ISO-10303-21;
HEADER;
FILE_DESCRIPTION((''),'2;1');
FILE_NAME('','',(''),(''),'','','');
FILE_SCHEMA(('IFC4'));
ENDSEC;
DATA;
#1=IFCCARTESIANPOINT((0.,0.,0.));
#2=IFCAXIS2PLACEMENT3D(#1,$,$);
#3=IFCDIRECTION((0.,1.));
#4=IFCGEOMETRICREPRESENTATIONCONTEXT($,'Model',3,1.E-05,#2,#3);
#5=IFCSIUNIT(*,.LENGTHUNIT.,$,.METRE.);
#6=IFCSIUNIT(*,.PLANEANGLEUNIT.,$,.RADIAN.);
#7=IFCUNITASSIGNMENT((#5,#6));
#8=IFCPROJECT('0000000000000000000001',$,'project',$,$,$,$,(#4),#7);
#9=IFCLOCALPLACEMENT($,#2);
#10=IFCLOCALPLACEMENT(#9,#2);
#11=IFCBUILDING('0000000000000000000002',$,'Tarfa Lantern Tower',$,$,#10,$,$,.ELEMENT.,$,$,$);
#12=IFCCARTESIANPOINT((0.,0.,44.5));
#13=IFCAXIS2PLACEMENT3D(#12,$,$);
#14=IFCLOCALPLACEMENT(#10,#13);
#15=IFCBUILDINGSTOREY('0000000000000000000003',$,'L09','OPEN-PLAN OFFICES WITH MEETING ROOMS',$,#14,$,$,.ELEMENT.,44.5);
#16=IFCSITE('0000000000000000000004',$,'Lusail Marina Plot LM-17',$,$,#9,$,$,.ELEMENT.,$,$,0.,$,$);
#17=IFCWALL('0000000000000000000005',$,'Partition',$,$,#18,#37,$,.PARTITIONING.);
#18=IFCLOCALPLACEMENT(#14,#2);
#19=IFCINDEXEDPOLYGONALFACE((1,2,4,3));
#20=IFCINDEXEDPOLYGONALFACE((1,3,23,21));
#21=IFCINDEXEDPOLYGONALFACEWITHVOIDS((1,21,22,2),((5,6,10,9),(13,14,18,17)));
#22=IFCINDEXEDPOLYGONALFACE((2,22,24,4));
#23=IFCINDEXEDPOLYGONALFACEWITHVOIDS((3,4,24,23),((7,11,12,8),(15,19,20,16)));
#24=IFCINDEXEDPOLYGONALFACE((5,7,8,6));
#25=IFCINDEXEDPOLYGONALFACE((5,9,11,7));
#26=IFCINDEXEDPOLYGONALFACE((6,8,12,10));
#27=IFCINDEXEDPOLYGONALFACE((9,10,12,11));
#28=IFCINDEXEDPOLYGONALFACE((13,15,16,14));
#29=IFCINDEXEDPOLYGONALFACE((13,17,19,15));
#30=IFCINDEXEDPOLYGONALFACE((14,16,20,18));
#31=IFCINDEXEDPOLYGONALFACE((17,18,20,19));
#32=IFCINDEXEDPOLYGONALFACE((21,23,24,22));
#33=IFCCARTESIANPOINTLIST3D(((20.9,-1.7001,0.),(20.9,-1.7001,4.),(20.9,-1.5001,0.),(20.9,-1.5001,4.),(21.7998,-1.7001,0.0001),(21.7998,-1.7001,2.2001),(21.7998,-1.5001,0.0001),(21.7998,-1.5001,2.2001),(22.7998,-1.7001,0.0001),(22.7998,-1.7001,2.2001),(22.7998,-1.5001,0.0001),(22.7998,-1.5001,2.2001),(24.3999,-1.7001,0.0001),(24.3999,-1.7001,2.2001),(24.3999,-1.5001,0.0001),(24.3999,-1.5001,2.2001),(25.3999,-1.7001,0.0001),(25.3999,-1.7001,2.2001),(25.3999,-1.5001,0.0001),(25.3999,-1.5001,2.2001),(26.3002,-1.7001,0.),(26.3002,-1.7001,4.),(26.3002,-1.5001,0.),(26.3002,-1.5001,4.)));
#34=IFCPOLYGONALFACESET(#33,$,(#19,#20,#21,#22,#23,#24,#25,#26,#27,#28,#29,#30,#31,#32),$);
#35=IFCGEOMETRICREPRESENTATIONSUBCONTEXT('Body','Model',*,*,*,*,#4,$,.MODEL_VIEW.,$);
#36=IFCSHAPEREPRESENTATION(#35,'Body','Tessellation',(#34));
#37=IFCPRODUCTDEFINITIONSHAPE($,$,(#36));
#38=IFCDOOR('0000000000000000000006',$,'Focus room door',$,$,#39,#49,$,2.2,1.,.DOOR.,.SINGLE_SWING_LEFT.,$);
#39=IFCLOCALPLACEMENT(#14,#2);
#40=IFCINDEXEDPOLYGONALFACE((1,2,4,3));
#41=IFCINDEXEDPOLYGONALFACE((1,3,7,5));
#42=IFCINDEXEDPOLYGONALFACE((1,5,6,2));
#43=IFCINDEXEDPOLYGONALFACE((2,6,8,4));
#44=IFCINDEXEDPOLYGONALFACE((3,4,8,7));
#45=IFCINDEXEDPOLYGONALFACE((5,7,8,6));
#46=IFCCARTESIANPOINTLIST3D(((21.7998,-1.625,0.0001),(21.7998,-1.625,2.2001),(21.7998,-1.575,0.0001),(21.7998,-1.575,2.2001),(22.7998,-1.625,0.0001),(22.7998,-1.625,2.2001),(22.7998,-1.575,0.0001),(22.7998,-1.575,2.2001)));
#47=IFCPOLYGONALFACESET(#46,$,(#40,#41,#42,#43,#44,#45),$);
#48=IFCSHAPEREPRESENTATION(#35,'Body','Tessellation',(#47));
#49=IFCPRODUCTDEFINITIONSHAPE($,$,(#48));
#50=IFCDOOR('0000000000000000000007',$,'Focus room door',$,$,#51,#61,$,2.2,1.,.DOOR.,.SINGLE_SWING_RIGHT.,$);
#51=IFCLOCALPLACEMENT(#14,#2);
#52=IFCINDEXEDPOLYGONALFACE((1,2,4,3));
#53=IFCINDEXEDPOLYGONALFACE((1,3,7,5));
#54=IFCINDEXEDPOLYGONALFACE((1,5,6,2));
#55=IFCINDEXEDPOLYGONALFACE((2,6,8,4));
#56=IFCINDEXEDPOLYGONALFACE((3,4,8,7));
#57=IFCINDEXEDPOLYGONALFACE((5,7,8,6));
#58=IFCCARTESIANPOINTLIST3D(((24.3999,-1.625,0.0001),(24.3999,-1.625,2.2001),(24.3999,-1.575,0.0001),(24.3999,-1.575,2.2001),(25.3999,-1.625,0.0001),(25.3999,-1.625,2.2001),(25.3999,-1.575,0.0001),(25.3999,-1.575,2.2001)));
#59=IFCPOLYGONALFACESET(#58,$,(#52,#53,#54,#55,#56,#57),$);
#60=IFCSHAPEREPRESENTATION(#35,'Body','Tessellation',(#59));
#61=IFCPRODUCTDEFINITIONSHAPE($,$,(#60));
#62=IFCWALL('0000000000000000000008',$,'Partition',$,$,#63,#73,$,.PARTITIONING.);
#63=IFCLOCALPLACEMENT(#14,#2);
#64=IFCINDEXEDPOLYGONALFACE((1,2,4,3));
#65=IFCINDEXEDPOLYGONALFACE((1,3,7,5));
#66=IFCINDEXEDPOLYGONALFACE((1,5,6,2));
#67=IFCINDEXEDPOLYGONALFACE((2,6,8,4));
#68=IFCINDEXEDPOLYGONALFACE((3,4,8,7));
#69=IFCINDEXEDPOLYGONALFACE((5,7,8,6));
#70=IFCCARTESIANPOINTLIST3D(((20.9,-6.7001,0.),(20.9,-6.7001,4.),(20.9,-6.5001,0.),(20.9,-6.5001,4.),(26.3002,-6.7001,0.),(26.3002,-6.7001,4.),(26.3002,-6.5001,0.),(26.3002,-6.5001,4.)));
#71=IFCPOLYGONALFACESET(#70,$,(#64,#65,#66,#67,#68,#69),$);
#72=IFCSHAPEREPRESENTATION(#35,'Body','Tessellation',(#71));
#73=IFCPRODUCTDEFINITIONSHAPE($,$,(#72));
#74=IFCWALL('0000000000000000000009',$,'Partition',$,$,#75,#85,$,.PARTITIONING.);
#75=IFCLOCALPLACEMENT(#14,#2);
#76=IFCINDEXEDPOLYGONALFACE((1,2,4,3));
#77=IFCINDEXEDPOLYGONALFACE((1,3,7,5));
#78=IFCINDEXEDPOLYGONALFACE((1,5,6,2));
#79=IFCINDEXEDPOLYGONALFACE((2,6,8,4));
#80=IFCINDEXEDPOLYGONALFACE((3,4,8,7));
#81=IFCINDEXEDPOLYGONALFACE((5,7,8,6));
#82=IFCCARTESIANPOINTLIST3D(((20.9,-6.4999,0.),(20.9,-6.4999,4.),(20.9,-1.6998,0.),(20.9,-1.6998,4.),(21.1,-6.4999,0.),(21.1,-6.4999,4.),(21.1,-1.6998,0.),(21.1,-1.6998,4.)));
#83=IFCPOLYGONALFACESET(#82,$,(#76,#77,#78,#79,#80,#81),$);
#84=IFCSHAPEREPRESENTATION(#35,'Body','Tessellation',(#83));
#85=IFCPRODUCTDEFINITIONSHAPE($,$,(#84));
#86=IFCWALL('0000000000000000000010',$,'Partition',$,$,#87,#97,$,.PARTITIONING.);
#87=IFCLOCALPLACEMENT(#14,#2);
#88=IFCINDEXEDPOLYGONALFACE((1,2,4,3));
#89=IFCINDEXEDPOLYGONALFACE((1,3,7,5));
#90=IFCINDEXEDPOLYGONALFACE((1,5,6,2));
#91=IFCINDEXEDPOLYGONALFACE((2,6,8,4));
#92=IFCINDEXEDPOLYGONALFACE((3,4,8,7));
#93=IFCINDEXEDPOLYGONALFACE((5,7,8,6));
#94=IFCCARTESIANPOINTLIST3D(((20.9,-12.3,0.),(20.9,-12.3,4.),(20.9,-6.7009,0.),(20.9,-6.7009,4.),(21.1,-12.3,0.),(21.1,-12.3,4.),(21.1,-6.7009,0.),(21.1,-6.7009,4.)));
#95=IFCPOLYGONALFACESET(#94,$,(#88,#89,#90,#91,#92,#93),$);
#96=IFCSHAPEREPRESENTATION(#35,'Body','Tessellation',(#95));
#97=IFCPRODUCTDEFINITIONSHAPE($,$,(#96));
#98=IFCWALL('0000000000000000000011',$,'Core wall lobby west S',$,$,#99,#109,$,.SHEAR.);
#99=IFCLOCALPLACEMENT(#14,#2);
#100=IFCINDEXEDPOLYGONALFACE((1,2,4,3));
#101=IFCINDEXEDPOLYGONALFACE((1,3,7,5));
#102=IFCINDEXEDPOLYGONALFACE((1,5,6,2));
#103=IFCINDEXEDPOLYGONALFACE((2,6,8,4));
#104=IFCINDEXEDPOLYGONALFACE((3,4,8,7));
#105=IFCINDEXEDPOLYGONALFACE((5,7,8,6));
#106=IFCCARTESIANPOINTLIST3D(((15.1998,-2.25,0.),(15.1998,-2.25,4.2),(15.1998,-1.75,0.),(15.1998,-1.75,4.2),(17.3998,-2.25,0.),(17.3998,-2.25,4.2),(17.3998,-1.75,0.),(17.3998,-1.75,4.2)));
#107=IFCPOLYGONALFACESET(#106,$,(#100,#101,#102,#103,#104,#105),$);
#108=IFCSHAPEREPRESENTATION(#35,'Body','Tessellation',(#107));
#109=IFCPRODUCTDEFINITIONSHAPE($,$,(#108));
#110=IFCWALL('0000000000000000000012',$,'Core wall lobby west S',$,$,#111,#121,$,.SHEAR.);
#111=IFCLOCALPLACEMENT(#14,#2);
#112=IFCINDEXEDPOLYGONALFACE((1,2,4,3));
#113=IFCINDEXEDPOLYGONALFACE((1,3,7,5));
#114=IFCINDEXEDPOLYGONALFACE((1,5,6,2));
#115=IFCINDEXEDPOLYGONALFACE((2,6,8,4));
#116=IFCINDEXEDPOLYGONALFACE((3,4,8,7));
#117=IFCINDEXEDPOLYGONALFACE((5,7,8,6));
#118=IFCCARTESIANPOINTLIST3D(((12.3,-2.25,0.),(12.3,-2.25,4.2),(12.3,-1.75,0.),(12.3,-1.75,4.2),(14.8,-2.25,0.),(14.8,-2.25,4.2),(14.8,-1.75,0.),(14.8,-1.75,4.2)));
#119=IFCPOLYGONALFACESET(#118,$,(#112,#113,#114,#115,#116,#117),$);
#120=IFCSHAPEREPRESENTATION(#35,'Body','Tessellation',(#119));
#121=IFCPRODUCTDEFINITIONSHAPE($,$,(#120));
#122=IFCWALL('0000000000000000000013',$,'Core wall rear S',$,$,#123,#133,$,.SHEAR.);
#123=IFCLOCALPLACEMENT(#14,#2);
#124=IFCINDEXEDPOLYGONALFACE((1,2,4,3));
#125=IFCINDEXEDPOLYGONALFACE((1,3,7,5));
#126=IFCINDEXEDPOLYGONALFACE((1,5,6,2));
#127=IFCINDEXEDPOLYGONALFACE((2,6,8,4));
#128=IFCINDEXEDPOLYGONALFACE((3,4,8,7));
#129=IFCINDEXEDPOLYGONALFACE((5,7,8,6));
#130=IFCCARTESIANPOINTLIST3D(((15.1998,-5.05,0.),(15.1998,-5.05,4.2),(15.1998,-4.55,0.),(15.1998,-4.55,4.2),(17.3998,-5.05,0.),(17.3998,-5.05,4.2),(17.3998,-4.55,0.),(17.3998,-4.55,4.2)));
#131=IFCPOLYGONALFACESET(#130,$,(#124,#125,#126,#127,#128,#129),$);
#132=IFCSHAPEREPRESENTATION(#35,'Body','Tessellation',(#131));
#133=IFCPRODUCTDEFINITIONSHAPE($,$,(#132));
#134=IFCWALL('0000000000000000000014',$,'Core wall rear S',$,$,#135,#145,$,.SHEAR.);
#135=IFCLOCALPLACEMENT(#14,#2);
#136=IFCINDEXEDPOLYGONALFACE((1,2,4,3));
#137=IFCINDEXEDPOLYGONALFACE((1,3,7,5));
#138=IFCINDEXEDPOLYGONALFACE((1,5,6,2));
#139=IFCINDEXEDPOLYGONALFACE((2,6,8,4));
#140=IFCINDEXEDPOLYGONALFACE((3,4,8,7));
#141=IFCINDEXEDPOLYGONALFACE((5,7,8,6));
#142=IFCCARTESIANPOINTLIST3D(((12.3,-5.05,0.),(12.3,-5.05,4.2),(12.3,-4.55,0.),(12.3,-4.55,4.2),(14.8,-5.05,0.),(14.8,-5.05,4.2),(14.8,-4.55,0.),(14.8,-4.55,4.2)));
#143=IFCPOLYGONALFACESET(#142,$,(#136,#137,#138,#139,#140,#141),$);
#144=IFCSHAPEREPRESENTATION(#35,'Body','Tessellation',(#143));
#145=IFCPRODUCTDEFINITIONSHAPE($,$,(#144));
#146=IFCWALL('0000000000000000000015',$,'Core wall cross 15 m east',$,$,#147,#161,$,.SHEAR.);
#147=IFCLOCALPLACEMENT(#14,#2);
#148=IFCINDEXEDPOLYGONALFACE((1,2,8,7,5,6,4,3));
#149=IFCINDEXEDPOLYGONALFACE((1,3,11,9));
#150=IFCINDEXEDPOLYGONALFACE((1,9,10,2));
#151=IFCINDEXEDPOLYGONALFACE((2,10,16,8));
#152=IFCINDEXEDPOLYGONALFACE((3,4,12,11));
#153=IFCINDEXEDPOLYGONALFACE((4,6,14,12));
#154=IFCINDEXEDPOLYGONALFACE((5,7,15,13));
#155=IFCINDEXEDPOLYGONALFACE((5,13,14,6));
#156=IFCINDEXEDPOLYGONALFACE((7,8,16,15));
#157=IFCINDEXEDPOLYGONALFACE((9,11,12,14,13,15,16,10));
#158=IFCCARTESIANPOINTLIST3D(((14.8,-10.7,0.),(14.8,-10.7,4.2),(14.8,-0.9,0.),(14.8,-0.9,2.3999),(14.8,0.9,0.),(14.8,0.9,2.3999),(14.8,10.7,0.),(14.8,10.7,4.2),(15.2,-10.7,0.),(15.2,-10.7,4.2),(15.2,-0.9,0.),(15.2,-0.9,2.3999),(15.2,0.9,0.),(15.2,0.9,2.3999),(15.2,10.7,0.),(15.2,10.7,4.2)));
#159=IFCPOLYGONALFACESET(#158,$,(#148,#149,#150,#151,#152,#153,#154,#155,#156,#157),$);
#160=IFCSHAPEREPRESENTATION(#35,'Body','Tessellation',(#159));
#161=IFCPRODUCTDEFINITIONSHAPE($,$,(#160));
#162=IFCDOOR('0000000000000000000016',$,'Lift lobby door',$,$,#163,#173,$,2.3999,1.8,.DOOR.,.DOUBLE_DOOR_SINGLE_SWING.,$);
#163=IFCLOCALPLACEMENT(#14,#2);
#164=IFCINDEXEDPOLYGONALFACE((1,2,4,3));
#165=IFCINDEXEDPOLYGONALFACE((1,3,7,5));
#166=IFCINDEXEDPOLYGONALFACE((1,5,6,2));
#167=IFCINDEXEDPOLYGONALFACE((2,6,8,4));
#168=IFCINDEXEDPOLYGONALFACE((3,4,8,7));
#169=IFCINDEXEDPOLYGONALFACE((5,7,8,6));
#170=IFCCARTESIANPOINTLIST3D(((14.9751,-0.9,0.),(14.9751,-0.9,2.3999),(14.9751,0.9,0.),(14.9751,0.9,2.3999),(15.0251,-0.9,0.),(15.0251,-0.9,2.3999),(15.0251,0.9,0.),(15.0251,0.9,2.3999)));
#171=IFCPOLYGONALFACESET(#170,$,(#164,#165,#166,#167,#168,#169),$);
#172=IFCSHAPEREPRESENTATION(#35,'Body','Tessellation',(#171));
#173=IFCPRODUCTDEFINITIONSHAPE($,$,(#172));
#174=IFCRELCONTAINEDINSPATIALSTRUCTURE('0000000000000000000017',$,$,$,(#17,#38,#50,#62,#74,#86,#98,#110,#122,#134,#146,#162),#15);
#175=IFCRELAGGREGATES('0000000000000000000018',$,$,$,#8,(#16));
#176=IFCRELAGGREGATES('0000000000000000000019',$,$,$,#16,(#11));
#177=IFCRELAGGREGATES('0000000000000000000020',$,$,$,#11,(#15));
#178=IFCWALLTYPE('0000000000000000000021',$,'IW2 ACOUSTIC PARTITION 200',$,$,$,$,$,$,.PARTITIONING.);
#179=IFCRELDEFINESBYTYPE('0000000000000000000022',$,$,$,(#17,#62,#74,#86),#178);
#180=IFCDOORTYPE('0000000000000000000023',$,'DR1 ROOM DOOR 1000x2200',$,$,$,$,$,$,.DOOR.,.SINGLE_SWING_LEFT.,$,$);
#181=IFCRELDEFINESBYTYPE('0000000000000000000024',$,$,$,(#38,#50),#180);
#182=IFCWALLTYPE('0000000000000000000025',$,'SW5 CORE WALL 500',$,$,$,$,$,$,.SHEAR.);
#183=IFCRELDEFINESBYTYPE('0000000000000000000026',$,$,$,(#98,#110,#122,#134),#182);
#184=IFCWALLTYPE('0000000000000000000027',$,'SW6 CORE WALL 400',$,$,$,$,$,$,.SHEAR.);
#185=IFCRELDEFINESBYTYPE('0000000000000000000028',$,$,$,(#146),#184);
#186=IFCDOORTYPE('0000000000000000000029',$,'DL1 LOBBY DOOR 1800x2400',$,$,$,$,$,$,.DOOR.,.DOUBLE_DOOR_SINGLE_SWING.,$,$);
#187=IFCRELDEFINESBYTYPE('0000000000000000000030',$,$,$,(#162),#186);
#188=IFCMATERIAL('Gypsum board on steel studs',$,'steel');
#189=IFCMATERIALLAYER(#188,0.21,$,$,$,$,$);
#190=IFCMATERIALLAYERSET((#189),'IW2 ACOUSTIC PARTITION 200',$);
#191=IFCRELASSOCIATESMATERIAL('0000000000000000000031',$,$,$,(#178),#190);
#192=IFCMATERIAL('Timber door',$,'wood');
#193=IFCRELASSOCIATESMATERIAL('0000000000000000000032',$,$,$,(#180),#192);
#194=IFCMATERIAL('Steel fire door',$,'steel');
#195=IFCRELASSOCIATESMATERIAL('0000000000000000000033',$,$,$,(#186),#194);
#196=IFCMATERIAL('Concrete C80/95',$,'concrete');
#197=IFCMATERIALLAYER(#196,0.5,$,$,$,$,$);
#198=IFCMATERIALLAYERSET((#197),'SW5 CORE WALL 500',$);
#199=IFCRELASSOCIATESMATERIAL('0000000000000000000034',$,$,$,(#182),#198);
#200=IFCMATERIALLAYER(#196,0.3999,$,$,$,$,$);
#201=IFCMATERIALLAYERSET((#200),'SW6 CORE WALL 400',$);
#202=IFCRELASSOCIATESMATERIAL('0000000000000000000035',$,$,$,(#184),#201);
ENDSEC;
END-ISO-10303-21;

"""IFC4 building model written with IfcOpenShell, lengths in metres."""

from ifc_helpers import new_model, si_unit, direction, frame, frame_2d, origin, place, context, subcontext, project, spatial, rectangle, extrude, material, layer, layer_set, type_object, element, fill, save


model = new_model("IFC4")

# Units and contexts
model_context = context("Model", 3, precision=1e-05, world=origin(), true_north=direction((0.0, 1.0)))
body_context = subcontext(model_context, "Body", "Model", "MODEL_VIEW")
ifc_project = project(units=[si_unit("LENGTHUNIT", "METRE"), si_unit("PLANEANGLEUNIT", "RADIAN")], contexts=[model_context])

# Site, building, storey
site_placement = place(None, origin())
site = spatial("IfcSite", under=ifc_project, at=site_placement, Name="Lusail Marina Plot LM-17", CompositionType="ELEMENT", RefElevation=0.0)
building_placement = place(site_placement, origin())
building = spatial("IfcBuilding", under=site, at=building_placement, Name="Tarfa Lantern Tower", CompositionType="ELEMENT")
storey_placement = place(building_placement, frame((0.0, 0.0, 44.5)))
storey = spatial("IfcBuildingStorey", under=building, at=storey_placement, Name="L09", Description="OPEN-PLAN OFFICES WITH MEETING ROOMS", CompositionType="ELEMENT", Elevation=44.5)

# Wall, openings, doors
ifc_material_1 = material(Name="Gypsum board on steel studs", Category="steel")
ifc_layer_1 = layer(ifc_material_1, 0.21)
ifc_layer_set_1 = layer_set([ifc_layer_1], Name="IW2 ACOUSTIC PARTITION 200")
wall_type_1 = type_object("IfcWallType", Name="IW2 ACOUSTIC PARTITION 200", PredefinedType="PARTITIONING", material=ifc_layer_set_1)
wall_1_placement = place(storey_placement, frame((20.8999, -1.6001, 0.0), z_axis=(0.0, 0.0, 1.0), x_axis=(1.0, 0.0, 0.0)))
wall_1 = element("IfcWall", 1, at=wall_1_placement, inside=storey, type_object=wall_type_1, Name="Partition", PredefinedType="PARTITIONING", context=body_context, shape_type="SweptSolid", body=[
    extrude(rectangle(XDim=5.4001, YDim=0.2, at=frame_2d((2.7002, 0.0))), origin(), (0.0, 0.0, 1.0), 4.0),
])
opening_1_placement = place(wall_1_placement, frame((0.8999, 0.0, 0.0)))
opening_1 = element("IfcOpeningElement", 2, at=opening_1_placement, cuts=wall_1, PredefinedType="OPENING", context=body_context, shape_type="SweptSolid", body=[
    extrude(rectangle(XDim=1.0, YDim=2.2, at=frame_2d((0.5, 1.1001))), frame((0.0, 0.1099, 0.0), z_axis=(0.0, -1.0, 0.0), x_axis=(1.0, 0.0, 0.0)), (0.0, 0.0, 1.0), 0.22),
])
opening_2_placement = place(wall_1_placement, frame((3.5, 0.0, 0.0)))
opening_2 = element("IfcOpeningElement", 3, at=opening_2_placement, cuts=wall_1, PredefinedType="OPENING", context=body_context, shape_type="SweptSolid", body=[
    extrude(rectangle(XDim=1.0, YDim=2.2, at=frame_2d((0.5, 1.1001))), frame((0.0, 0.1099, 0.0), z_axis=(0.0, -1.0, 0.0), x_axis=(1.0, 0.0, 0.0)), (0.0, 0.0, 1.0), 0.22),
])
ifc_material_2 = material(Name="Timber door", Category="wood")
door_type_1 = type_object("IfcDoorType", Name="DR1 ROOM DOOR 1000x2200", OperationType="SINGLE_SWING_LEFT", PredefinedType="DOOR", material=ifc_material_2)
door_1_placement = place(opening_1_placement, frame((1.0, 0.0, 0.0), z_axis=(0.0, 0.0, 1.0), x_axis=(-1.0, 0.0, 0.0)))
door_1 = element("IfcDoor", 4, at=door_1_placement, inside=storey, type_object=door_type_1, Name="Focus room door", OperationType="SINGLE_SWING_LEFT", OverallHeight=2.2, OverallWidth=1.0, PredefinedType="DOOR", context=body_context, shape_type="SweptSolid", body=[
    extrude(rectangle(XDim=1.0, YDim=2.2, at=frame_2d((0.5, 1.1001))), frame((0.0, 0.0249, 0.0), z_axis=(0.0, -1.0, 0.0), x_axis=(1.0, 0.0, 0.0)), (0.0, 0.0, 1.0), 0.05),
])
fill(opening_1, door_1)
door_2_placement = place(opening_2_placement, frame((1.0, 0.0, 0.0), z_axis=(0.0, 0.0, 1.0), x_axis=(-1.0, 0.0, 0.0)))
door_2 = element("IfcDoor", 5, at=door_2_placement, inside=storey, type_object=door_type_1, Name="Focus room door", OperationType="SINGLE_SWING_RIGHT", OverallHeight=2.2, OverallWidth=1.0, PredefinedType="DOOR", context=body_context, shape_type="SweptSolid", body=[
    extrude(rectangle(XDim=1.0, YDim=2.2, at=frame_2d((0.5, 1.1001))), frame((0.0, 0.0249, 0.0), z_axis=(0.0, -1.0, 0.0), x_axis=(1.0, 0.0, 0.0)), (0.0, 0.0, 1.0), 0.05),
])
fill(opening_2, door_2)

# Walls
wall_2_placement = place(storey_placement, frame((20.8999, -6.6001, 0.0), z_axis=(0.0, 0.0, 1.0), x_axis=(1.0, 0.0, 0.0)))
element("IfcWall", 6, at=wall_2_placement, inside=storey, type_object=wall_type_1, Name="Partition", PredefinedType="PARTITIONING", context=body_context, shape_type="SweptSolid", body=[
    extrude(rectangle(XDim=5.4001, YDim=0.2, at=frame_2d((2.7002, 0.0))), origin(), (0.0, 0.0, 1.0), 4.0),
])
wall_3_placement = place(storey_placement, frame((21.0, -1.7, 0.0), z_axis=(0.0, 0.0, 1.0), x_axis=(0.0, -1.0, 0.0)))
element("IfcWall", 7, at=wall_3_placement, inside=storey, type_object=wall_type_1, Name="Partition", PredefinedType="PARTITIONING", context=body_context, shape_type="SweptSolid", body=[
    extrude(rectangle(XDim=4.8, YDim=0.2, at=frame_2d((2.3999, 0.0))), origin(), (0.0, 0.0, 1.0), 4.0),
])
wall_4_placement = place(storey_placement, frame((21.0, -6.7009, 0.0), z_axis=(0.0, 0.0, 1.0), x_axis=(0.0, -1.0, 0.0)))
element("IfcWall", 8, at=wall_4_placement, inside=storey, type_object=wall_type_1, Name="Partition", PredefinedType="PARTITIONING", context=body_context, shape_type="SweptSolid", body=[
    extrude(rectangle(XDim=5.5991, YDim=0.2, at=frame_2d((2.7996, 0.0))), origin(), (0.0, 0.0, 1.0), 4.0),
])

# Shared definitions
ifc_material_3 = material(Name="Concrete C80/95", Category="concrete")
ifc_material_4 = material(Name="Steel fire door", Category="steel")
door_type_2 = type_object("IfcDoorType", Name="DL1 LOBBY DOOR 1800x2400", OperationType="DOUBLE_DOOR_SINGLE_SWING", PredefinedType="DOOR", material=ifc_material_4)

# Walls
ifc_layer_2 = layer(ifc_material_3, 0.5)
ifc_layer_set_2 = layer_set([ifc_layer_2], Name="SW5 CORE WALL 500")
wall_type_2 = type_object("IfcWallType", Name="SW5 CORE WALL 500", PredefinedType="SHEAR", material=ifc_layer_set_2)
wall_5_placement = place(storey_placement, frame((17.3999, -2.0, 0.0), z_axis=(0.0, 0.0, 1.0), x_axis=(-1.0, 0.0, 0.0)))
element("IfcWall", 9, at=wall_5_placement, inside=storey, type_object=wall_type_2, Name="Core wall lobby west S", PredefinedType="SHEAR", context=body_context, shape_type="SweptSolid", body=[
    extrude(rectangle(XDim=2.2, YDim=0.5, at=frame_2d((1.1001, 0.0))), origin(), (0.0, 0.0, 1.0), 4.2),
])
wall_6_placement = place(storey_placement, frame((14.8, -2.0, 0.0), z_axis=(0.0, 0.0, 1.0), x_axis=(-1.0, 0.0, 0.0)))
element("IfcWall", 10, at=wall_6_placement, inside=storey, type_object=wall_type_2, Name="Core wall lobby west S", PredefinedType="SHEAR", context=body_context, shape_type="SweptSolid", body=[
    extrude(rectangle(XDim=2.5, YDim=0.5, at=frame_2d((1.25, 0.0))), origin(), (0.0, 0.0, 1.0), 4.2),
])
wall_7_placement = place(storey_placement, frame((17.3999, -4.8, 0.0), z_axis=(0.0, 0.0, 1.0), x_axis=(-1.0, 0.0, 0.0)))
element("IfcWall", 11, at=wall_7_placement, inside=storey, type_object=wall_type_2, Name="Core wall rear S", PredefinedType="SHEAR", context=body_context, shape_type="SweptSolid", body=[
    extrude(rectangle(XDim=2.2, YDim=0.5, at=frame_2d((1.1001, 0.0))), origin(), (0.0, 0.0, 1.0), 4.2),
])
wall_8_placement = place(storey_placement, frame((14.8, -4.8, 0.0), z_axis=(0.0, 0.0, 1.0), x_axis=(-1.0, 0.0, 0.0)))
element("IfcWall", 12, at=wall_8_placement, inside=storey, type_object=wall_type_2, Name="Core wall rear S", PredefinedType="SHEAR", context=body_context, shape_type="SweptSolid", body=[
    extrude(rectangle(XDim=2.5, YDim=0.5, at=frame_2d((1.25, 0.0))), origin(), (0.0, 0.0, 1.0), 4.2),
])

# Wall, opening, door
ifc_layer_3 = layer(ifc_material_3, 0.3999)
ifc_layer_set_3 = layer_set([ifc_layer_3], Name="SW6 CORE WALL 400")
wall_type_3 = type_object("IfcWallType", Name="SW6 CORE WALL 400", PredefinedType="SHEAR", material=ifc_layer_set_3)
wall_9_placement = place(storey_placement, frame((15.0, -10.7, 0.0), z_axis=(0.0, 0.0, 1.0), x_axis=(0.0, 1.0, 0.0)))
wall_9 = element("IfcWall", 13, at=wall_9_placement, inside=storey, type_object=wall_type_3, Name="Core wall cross 15 m east", PredefinedType="SHEAR", context=body_context, shape_type="SweptSolid", body=[
    extrude(rectangle(XDim=21.3999, YDim=0.3999, at=frame_2d((10.7, 0.0))), origin(), (0.0, 0.0, 1.0), 4.2),
])
opening_3_placement = place(wall_9_placement, frame((9.8, 0.0, 0.0)))
opening_3 = element("IfcOpeningElement", 14, at=opening_3_placement, cuts=wall_9, PredefinedType="OPENING", context=body_context, shape_type="SweptSolid", body=[
    extrude(rectangle(XDim=1.8, YDim=2.3999, at=frame_2d((0.8999, 1.2))), frame((0.0, 0.21, 0.0), z_axis=(0.0, -1.0, 0.0), x_axis=(1.0, 0.0, 0.0)), (0.0, 0.0, 1.0), 0.4199),
])
door_3_placement = place(opening_3_placement, origin())
door_3 = element("IfcDoor", 15, at=door_3_placement, inside=storey, type_object=door_type_2, Name="Lift lobby door", OperationType="DOUBLE_DOOR_SINGLE_SWING", OverallHeight=2.3999, OverallWidth=1.8, PredefinedType="DOOR", context=body_context, shape_type="SweptSolid", body=[
    extrude(rectangle(XDim=1.8, YDim=2.3999, at=frame_2d((0.8999, 1.2))), frame((0.0, 0.0249, 0.0), z_axis=(0.0, -1.0, 0.0), x_axis=(1.0, 0.0, 0.0)), (0.0, 0.0, 1.0), 0.05),
])
fill(opening_3, door_3)

save(model, "model.ifc")
